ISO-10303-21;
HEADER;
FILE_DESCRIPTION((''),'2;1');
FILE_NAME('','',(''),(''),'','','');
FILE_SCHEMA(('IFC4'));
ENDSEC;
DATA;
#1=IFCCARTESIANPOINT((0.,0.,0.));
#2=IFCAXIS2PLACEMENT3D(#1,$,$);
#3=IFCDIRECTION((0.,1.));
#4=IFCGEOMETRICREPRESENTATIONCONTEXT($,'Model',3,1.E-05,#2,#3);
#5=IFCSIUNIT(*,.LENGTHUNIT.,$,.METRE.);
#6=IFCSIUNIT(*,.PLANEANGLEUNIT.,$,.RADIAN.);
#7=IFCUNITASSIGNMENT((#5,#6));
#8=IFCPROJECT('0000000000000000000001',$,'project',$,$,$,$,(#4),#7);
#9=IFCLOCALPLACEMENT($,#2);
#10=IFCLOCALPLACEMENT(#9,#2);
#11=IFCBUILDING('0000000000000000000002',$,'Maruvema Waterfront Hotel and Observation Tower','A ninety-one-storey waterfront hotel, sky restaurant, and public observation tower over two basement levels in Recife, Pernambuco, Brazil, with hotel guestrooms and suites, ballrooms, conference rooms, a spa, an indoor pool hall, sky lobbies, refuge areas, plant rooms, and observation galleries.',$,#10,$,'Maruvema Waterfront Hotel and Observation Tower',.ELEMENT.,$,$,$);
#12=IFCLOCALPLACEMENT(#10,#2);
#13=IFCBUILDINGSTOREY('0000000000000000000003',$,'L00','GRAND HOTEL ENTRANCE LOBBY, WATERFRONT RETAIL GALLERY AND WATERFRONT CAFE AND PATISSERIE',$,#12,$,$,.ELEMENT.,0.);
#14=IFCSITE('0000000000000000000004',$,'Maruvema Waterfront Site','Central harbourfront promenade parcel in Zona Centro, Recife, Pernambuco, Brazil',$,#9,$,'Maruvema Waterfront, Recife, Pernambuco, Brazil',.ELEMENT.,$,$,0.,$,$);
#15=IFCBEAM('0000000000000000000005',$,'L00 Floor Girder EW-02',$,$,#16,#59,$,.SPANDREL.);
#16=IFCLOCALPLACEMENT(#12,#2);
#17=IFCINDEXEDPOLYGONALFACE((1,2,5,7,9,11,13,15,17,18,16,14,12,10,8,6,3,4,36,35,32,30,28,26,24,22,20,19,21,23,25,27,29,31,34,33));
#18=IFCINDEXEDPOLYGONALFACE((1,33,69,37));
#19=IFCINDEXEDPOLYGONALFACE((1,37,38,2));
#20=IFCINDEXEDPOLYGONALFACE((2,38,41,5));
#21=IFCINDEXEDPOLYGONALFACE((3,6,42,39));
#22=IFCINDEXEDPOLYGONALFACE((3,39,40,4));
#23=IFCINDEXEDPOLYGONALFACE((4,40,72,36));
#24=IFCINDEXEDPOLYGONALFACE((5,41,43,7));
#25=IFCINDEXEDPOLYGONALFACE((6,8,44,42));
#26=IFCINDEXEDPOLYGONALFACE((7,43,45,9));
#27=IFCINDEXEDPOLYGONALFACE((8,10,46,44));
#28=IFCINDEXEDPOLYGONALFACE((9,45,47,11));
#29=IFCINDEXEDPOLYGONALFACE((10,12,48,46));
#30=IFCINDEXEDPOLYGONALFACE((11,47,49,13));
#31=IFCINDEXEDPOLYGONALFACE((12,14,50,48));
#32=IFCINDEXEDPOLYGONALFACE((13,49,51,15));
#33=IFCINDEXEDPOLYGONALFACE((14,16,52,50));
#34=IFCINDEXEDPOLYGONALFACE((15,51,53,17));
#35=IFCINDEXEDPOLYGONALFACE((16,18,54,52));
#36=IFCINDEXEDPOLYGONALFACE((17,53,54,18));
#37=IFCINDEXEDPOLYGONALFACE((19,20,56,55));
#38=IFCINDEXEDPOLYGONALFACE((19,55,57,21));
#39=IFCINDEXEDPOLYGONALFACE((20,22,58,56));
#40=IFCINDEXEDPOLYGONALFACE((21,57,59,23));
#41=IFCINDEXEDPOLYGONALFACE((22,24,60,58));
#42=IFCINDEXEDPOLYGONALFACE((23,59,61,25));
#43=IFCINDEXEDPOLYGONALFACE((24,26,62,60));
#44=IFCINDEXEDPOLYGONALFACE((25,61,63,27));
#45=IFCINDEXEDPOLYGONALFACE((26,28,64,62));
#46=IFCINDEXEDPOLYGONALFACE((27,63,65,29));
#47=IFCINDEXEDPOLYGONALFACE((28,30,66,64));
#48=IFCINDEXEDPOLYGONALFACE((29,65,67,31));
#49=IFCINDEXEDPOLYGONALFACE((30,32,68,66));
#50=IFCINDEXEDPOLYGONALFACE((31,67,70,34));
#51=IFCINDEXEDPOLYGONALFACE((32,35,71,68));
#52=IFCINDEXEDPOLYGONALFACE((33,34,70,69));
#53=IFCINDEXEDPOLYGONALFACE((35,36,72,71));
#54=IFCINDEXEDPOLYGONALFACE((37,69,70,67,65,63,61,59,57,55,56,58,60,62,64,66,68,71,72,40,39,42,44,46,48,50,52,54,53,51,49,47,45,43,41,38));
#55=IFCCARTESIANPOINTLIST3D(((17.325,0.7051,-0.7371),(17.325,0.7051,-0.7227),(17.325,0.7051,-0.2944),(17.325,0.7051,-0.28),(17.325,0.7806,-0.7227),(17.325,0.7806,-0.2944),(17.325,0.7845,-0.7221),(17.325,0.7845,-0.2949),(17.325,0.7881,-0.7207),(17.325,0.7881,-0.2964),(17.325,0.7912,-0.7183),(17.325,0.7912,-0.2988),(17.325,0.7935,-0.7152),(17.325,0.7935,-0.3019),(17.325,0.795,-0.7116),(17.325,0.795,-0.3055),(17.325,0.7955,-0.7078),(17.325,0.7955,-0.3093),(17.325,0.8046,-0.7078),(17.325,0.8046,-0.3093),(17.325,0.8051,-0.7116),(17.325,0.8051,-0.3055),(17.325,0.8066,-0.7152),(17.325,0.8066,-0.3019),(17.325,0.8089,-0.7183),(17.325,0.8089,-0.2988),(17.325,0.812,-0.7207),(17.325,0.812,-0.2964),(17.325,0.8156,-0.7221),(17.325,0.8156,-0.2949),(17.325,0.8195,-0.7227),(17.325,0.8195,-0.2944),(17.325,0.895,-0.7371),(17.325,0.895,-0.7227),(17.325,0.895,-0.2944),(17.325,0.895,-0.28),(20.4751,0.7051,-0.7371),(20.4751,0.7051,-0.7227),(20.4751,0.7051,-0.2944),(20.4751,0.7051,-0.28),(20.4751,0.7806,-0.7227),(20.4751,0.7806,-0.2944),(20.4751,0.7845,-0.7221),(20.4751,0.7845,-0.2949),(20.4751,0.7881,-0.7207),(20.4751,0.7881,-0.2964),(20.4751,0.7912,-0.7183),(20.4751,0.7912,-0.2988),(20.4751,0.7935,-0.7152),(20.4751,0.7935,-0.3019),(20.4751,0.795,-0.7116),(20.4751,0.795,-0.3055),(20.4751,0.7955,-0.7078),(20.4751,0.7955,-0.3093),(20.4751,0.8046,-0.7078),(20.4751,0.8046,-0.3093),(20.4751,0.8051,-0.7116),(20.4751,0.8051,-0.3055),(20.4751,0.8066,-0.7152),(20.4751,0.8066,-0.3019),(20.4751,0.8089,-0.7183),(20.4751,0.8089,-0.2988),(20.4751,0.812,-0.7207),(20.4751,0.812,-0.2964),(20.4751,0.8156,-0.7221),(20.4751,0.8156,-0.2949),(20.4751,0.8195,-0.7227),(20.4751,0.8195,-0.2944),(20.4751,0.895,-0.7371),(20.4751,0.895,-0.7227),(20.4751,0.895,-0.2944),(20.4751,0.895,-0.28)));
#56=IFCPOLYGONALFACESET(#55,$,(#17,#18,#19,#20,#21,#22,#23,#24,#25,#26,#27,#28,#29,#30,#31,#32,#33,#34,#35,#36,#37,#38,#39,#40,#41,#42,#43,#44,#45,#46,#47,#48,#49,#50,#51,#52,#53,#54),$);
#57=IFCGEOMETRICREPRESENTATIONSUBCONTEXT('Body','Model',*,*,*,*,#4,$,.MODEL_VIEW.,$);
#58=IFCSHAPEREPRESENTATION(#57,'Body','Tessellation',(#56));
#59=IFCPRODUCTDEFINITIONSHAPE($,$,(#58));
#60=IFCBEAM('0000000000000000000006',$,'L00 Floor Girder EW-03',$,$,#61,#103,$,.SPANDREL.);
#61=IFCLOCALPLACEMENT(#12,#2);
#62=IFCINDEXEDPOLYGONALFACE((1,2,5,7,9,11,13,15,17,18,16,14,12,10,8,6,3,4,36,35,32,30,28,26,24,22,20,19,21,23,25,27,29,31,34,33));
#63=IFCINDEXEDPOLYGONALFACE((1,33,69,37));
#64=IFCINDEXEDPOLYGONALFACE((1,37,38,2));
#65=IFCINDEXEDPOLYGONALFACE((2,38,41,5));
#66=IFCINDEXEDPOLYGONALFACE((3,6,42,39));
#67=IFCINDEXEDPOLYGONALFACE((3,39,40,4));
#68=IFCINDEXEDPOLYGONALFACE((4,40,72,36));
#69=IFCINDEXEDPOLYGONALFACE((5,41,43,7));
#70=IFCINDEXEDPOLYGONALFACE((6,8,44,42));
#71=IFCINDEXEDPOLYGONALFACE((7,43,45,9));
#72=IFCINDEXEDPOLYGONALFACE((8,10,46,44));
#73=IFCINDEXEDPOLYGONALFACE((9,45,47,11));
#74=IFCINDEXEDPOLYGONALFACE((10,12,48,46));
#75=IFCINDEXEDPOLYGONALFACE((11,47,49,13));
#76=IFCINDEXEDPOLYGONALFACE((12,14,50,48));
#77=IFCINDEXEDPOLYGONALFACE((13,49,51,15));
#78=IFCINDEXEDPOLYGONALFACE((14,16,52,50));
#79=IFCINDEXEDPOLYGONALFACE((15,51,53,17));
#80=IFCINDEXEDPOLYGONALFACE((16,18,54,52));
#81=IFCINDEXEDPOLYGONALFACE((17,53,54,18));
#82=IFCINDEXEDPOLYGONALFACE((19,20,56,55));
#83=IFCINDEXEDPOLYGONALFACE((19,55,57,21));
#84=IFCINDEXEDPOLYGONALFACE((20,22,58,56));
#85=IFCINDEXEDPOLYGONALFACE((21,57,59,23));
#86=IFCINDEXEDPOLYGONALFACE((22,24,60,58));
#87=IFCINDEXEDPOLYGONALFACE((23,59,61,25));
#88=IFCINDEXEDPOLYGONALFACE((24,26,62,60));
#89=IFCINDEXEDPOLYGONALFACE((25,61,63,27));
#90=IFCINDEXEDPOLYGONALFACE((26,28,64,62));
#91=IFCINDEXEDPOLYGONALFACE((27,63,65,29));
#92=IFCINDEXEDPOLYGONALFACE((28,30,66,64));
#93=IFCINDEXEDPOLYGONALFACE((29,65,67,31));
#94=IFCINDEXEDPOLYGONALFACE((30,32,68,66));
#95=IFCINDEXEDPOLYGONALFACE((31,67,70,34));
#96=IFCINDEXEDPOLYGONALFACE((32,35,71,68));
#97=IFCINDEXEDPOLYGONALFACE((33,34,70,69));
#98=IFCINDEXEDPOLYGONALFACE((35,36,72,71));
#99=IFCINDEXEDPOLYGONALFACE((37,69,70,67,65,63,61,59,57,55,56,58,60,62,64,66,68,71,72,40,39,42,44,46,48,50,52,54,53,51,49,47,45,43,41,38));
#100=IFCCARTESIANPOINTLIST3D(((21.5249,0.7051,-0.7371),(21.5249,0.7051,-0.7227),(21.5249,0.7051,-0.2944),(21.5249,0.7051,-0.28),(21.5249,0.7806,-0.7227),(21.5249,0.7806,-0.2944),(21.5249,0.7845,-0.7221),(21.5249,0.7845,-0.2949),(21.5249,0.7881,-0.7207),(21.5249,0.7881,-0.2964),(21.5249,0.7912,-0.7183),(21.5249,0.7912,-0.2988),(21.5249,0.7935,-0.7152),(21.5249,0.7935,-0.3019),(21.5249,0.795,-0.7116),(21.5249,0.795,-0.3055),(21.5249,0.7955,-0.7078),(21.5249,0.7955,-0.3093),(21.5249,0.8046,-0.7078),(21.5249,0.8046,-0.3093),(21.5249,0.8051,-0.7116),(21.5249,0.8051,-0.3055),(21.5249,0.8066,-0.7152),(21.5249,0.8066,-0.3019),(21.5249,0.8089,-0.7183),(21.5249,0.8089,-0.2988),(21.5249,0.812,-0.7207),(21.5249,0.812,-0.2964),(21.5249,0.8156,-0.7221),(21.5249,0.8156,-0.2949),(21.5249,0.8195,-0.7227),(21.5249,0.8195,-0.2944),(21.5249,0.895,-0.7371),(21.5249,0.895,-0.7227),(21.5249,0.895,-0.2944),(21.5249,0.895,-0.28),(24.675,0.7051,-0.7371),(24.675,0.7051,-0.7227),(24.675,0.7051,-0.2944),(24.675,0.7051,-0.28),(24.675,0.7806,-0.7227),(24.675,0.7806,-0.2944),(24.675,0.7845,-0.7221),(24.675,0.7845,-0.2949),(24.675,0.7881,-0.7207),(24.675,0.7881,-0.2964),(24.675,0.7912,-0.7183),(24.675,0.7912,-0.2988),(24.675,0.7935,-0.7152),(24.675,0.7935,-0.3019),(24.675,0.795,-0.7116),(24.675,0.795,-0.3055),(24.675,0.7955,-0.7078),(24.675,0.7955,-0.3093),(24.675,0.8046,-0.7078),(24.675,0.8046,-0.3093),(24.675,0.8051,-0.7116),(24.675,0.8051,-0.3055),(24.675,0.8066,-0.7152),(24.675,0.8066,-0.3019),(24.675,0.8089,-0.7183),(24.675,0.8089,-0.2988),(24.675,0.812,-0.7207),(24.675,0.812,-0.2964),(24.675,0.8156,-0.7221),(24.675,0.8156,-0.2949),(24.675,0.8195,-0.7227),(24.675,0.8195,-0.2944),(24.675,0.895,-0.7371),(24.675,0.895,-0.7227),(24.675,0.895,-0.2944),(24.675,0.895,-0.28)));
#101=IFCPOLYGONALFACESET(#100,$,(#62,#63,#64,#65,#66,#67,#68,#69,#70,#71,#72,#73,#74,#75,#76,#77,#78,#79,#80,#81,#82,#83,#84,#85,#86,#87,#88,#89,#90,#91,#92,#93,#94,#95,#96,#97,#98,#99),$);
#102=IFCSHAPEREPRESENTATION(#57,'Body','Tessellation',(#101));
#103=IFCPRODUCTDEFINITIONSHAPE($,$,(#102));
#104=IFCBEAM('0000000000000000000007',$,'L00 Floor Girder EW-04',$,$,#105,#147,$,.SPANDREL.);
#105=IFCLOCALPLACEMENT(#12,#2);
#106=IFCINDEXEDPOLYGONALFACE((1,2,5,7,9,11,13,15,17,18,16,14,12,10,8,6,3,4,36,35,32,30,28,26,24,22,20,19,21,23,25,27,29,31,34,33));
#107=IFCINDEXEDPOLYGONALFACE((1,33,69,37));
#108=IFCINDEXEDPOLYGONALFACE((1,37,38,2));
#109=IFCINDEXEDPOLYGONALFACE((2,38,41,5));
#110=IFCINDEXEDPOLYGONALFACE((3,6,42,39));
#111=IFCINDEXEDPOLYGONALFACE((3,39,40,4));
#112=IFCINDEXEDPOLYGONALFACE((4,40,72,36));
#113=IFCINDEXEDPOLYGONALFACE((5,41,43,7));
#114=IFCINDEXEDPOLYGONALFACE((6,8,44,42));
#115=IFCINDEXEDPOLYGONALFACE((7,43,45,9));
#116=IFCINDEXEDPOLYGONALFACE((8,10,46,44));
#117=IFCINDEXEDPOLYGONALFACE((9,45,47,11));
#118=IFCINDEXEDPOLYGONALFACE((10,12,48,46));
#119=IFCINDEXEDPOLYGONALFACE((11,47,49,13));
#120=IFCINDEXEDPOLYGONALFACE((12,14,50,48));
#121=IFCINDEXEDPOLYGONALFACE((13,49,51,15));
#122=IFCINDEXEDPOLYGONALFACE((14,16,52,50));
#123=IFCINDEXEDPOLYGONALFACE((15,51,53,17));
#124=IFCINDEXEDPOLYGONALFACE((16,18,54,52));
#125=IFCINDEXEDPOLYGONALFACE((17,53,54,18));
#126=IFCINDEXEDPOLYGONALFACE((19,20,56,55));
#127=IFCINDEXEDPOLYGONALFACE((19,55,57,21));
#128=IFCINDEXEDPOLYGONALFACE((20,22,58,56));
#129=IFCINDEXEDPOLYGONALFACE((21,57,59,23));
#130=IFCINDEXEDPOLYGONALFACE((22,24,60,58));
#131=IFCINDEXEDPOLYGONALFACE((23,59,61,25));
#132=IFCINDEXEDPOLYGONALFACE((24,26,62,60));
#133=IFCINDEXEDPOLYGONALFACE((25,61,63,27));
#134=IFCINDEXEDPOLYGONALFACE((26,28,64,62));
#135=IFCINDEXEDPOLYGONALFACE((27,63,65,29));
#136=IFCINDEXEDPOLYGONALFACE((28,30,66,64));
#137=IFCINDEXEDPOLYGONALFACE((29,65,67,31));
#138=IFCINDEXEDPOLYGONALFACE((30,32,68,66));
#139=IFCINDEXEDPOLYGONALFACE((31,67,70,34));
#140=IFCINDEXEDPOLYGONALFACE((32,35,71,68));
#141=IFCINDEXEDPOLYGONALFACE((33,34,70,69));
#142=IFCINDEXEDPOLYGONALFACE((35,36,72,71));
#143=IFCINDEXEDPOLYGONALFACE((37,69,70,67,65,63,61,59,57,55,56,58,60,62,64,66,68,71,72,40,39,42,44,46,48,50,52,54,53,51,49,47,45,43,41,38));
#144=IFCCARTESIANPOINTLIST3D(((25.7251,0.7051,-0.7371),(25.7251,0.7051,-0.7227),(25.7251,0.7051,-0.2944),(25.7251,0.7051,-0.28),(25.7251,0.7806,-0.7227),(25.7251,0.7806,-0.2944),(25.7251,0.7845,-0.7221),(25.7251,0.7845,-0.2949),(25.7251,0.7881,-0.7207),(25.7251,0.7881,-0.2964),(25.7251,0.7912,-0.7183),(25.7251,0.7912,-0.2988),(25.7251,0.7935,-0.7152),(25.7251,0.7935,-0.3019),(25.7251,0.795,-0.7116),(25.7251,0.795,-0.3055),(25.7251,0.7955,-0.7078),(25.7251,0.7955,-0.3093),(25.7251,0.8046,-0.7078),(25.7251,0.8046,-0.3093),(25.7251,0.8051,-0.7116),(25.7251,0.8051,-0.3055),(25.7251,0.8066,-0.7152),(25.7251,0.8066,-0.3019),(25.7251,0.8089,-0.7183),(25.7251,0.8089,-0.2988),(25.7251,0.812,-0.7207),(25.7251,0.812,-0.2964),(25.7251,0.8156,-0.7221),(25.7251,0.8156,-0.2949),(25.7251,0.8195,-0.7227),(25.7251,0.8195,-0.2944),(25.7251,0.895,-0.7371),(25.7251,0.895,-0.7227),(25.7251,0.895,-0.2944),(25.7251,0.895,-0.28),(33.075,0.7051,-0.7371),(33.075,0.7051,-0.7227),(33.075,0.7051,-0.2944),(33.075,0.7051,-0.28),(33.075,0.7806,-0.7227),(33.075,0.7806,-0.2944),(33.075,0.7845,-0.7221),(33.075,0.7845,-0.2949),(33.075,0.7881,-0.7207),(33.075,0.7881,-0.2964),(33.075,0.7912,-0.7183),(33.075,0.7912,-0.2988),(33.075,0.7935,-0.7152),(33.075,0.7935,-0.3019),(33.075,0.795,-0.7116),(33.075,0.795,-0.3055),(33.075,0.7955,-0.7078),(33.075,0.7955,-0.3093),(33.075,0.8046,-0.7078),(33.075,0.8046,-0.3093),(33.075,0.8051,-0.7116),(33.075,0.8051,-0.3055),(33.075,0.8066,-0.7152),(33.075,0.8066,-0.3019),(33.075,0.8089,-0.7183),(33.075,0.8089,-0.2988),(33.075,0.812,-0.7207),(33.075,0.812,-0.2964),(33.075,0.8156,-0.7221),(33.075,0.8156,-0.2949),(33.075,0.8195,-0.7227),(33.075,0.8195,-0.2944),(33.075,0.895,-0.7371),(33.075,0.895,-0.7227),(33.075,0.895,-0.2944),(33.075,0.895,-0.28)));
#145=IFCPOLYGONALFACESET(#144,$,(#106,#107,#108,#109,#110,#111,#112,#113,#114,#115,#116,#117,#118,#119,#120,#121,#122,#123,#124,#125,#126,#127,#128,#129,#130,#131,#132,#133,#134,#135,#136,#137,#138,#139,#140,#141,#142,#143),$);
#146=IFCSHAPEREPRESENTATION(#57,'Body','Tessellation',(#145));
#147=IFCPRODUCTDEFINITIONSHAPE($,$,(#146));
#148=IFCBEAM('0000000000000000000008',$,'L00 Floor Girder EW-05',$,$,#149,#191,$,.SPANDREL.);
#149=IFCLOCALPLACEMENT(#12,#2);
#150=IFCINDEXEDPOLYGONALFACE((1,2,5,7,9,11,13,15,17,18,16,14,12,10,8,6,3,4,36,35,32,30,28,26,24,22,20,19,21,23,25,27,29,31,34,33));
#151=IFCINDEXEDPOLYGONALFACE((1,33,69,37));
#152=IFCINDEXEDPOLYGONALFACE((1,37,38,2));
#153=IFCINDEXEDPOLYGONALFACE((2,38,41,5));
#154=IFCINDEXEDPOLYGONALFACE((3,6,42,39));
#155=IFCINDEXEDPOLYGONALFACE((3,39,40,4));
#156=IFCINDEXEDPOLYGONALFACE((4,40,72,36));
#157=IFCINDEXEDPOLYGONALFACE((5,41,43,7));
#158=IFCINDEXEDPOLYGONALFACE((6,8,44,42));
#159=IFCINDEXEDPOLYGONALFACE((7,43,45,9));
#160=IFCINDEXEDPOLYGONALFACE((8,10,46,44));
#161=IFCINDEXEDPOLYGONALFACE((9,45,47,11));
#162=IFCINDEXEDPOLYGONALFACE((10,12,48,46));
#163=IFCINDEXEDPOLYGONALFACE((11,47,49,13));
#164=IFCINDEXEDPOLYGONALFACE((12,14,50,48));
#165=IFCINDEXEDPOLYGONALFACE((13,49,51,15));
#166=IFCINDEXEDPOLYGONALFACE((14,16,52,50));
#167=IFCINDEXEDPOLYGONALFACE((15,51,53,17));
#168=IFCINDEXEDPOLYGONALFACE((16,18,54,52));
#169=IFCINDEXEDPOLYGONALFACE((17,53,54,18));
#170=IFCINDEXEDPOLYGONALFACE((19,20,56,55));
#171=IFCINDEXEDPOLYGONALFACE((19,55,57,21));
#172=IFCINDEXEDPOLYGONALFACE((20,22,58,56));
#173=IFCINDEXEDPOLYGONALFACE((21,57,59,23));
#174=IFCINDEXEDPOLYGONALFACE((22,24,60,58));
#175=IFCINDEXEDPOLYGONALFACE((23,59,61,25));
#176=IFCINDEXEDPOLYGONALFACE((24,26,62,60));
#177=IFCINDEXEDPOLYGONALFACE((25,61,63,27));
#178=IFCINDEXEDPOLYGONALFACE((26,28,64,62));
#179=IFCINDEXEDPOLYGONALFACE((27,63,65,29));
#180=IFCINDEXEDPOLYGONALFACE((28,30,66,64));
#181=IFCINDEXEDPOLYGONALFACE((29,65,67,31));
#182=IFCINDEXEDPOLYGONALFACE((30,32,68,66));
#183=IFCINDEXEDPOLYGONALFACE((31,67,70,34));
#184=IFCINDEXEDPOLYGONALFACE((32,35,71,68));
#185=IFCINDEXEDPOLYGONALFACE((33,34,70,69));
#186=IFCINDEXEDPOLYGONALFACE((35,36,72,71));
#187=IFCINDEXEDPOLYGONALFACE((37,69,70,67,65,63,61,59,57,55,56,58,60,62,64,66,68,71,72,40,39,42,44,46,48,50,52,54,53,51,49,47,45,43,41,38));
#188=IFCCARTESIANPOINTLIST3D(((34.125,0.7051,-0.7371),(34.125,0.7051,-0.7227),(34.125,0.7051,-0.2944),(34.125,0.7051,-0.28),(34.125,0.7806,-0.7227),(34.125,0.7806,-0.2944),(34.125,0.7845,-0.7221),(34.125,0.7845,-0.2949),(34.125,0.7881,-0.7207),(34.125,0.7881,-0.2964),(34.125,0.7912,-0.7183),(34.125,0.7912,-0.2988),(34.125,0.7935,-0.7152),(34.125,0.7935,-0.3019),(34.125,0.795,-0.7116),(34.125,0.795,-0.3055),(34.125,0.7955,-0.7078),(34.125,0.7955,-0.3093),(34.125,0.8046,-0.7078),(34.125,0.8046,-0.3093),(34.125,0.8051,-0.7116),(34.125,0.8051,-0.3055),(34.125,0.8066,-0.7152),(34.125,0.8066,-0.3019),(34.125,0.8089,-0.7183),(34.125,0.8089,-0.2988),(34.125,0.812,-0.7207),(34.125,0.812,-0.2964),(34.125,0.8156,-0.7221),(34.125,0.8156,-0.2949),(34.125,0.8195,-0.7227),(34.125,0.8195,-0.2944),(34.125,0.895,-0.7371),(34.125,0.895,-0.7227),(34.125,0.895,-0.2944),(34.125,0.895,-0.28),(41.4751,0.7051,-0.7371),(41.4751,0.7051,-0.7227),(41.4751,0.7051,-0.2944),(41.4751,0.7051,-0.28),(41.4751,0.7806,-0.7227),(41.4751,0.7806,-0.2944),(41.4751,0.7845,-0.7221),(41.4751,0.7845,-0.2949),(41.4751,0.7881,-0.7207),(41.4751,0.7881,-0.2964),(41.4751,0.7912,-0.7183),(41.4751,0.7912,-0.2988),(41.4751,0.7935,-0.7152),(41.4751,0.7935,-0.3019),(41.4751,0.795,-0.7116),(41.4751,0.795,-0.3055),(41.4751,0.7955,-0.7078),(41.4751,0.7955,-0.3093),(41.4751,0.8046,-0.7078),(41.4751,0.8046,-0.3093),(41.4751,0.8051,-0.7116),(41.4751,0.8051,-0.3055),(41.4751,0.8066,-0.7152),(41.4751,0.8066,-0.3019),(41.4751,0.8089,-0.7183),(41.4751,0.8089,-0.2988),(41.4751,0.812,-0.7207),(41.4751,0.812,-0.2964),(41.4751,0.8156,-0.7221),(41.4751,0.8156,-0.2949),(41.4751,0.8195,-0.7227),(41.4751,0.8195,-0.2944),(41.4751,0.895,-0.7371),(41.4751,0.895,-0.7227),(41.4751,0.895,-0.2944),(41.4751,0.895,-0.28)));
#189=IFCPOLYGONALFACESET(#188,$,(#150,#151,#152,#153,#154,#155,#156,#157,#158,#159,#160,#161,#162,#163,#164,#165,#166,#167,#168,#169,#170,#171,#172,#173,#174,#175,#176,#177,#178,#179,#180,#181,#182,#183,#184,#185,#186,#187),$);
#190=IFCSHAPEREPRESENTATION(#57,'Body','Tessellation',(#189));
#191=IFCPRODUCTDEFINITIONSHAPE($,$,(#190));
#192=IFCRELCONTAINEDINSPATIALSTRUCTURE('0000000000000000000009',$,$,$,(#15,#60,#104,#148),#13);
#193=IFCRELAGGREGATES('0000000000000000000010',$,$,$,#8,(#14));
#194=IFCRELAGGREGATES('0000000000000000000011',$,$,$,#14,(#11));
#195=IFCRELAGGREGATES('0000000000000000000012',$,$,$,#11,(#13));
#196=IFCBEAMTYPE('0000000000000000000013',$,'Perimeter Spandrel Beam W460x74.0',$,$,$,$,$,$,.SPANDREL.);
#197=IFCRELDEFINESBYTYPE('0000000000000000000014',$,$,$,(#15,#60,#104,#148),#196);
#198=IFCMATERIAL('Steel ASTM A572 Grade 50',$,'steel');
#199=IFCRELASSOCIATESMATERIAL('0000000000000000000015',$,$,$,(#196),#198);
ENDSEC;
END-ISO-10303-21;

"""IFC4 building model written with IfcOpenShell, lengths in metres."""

from ifc_helpers import new_model, si_unit, direction, frame, origin, origin_2d, place, context, subcontext, project, spatial, i_section, extrude, material, material_profile, profile_set, type_object, element, save


model = new_model("IFC4")

# Units and contexts
model_context = context("Model", 3, precision=1e-05, world=origin(), true_north=direction((0.0, 1.0)))
body_context = subcontext(model_context, "Body", "Model", "MODEL_VIEW")
ifc_project = project(units=[si_unit("LENGTHUNIT", "METRE"), si_unit("PLANEANGLEUNIT", "RADIAN")], contexts=[model_context])

# Site, building, storey
site_placement = place(None, origin())
site = spatial("IfcSite", under=ifc_project, at=site_placement, Name="Maruvema Waterfront Site", Description="Central harbourfront promenade parcel in Zona Centro, Recife, Pernambuco, Brazil", LongName="Maruvema Waterfront, Recife, Pernambuco, Brazil", CompositionType="ELEMENT", RefElevation=0.0)
building_placement = place(site_placement, origin())
building = spatial("IfcBuilding", under=site, at=building_placement, Name="Maruvema Waterfront Hotel and Observation Tower", Description="A ninety-one-storey waterfront hotel, sky restaurant, and public observation tower over two basement levels in Recife, Pernambuco, Brazil, with hotel guestrooms and suites, ballrooms, conference rooms, a spa, an indoor pool hall, sky lobbies, refuge areas, plant rooms, and observation galleries.", LongName="Maruvema Waterfront Hotel and Observation Tower", CompositionType="ELEMENT")
storey_placement = place(building_placement, origin())
storey = spatial("IfcBuildingStorey", under=building, at=storey_placement, Name="L00", Description="GRAND HOTEL ENTRANCE LOBBY, WATERFRONT RETAIL GALLERY AND WATERFRONT CAFE AND PATISSERIE", CompositionType="ELEMENT", Elevation=0.0)

# Beams
ifc_material_1 = material(Name="Steel ASTM A572 Grade 50", Category="steel")
ifc_material_profile_1 = material_profile(ifc_material_1, i_section(OverallWidth=0.1899, OverallDepth=0.457, WebThickness=0.009, FlangeThickness=0.0144, FilletRadius=0.0149, at=origin_2d()), Name="W460x74.0")
ifc_profile_set_1 = profile_set([ifc_material_profile_1], Name="Steel ASTM A572 Grade 50")
beam_type_1 = type_object("IfcBeamType", Name="Perimeter Spandrel Beam W460x74.0", PredefinedType="SPANDREL", material=ifc_profile_set_1)
for number, where, z_axis, x_axis, name in (
    (1, (17.325, 0.8, -0.5085), (1.0, 0.0, 0.0), (0.0, 1.0, 0.0), "L00 Floor Girder EW-02"),
    (2, (21.5249, 0.8, -0.5085), (1.0, 0.0, 0.0), (0.0, 1.0, 0.0), "L00 Floor Girder EW-03"),
):
    element("IfcBeam", number, at=place(storey_placement, frame(where, z_axis=z_axis, x_axis=x_axis)), inside=storey, type_object=beam_type_1, Name=name, PredefinedType="SPANDREL", context=body_context, shape_type="SweptSolid", body=[
        extrude(i_section(OverallWidth=0.1899, OverallDepth=0.457, WebThickness=0.009, FlangeThickness=0.0144, FilletRadius=0.0149, at=origin_2d()), origin(), (0.0, 0.0, 1.0), 3.1501),
    ])
beam_1_placement = place(storey_placement, frame((25.7251, 0.8, -0.5085), z_axis=(1.0, 0.0, 0.0), x_axis=(0.0, 1.0, 0.0)))
element("IfcBeam", 3, at=beam_1_placement, inside=storey, type_object=beam_type_1, Name="L00 Floor Girder EW-04", PredefinedType="SPANDREL", context=body_context, shape_type="SweptSolid", body=[
    extrude(i_section(OverallWidth=0.1899, OverallDepth=0.457, WebThickness=0.009, FlangeThickness=0.0144, FilletRadius=0.0149, at=origin_2d()), origin(), (0.0, 0.0, 1.0), 7.3499),
])
beam_2_placement = place(storey_placement, frame((34.125, 0.8, -0.5085), z_axis=(1.0, 0.0, 0.0), x_axis=(0.0, 1.0, 0.0)))
element("IfcBeam", 4, at=beam_2_placement, inside=storey, type_object=beam_type_1, Name="L00 Floor Girder EW-05", PredefinedType="SPANDREL", context=body_context, shape_type="SweptSolid", body=[
    extrude(i_section(OverallWidth=0.1899, OverallDepth=0.457, WebThickness=0.009, FlangeThickness=0.0144, FilletRadius=0.0149, at=origin_2d()), origin(), (0.0, 0.0, 1.0), 7.3501),
])

save(model, "model.ifc")
